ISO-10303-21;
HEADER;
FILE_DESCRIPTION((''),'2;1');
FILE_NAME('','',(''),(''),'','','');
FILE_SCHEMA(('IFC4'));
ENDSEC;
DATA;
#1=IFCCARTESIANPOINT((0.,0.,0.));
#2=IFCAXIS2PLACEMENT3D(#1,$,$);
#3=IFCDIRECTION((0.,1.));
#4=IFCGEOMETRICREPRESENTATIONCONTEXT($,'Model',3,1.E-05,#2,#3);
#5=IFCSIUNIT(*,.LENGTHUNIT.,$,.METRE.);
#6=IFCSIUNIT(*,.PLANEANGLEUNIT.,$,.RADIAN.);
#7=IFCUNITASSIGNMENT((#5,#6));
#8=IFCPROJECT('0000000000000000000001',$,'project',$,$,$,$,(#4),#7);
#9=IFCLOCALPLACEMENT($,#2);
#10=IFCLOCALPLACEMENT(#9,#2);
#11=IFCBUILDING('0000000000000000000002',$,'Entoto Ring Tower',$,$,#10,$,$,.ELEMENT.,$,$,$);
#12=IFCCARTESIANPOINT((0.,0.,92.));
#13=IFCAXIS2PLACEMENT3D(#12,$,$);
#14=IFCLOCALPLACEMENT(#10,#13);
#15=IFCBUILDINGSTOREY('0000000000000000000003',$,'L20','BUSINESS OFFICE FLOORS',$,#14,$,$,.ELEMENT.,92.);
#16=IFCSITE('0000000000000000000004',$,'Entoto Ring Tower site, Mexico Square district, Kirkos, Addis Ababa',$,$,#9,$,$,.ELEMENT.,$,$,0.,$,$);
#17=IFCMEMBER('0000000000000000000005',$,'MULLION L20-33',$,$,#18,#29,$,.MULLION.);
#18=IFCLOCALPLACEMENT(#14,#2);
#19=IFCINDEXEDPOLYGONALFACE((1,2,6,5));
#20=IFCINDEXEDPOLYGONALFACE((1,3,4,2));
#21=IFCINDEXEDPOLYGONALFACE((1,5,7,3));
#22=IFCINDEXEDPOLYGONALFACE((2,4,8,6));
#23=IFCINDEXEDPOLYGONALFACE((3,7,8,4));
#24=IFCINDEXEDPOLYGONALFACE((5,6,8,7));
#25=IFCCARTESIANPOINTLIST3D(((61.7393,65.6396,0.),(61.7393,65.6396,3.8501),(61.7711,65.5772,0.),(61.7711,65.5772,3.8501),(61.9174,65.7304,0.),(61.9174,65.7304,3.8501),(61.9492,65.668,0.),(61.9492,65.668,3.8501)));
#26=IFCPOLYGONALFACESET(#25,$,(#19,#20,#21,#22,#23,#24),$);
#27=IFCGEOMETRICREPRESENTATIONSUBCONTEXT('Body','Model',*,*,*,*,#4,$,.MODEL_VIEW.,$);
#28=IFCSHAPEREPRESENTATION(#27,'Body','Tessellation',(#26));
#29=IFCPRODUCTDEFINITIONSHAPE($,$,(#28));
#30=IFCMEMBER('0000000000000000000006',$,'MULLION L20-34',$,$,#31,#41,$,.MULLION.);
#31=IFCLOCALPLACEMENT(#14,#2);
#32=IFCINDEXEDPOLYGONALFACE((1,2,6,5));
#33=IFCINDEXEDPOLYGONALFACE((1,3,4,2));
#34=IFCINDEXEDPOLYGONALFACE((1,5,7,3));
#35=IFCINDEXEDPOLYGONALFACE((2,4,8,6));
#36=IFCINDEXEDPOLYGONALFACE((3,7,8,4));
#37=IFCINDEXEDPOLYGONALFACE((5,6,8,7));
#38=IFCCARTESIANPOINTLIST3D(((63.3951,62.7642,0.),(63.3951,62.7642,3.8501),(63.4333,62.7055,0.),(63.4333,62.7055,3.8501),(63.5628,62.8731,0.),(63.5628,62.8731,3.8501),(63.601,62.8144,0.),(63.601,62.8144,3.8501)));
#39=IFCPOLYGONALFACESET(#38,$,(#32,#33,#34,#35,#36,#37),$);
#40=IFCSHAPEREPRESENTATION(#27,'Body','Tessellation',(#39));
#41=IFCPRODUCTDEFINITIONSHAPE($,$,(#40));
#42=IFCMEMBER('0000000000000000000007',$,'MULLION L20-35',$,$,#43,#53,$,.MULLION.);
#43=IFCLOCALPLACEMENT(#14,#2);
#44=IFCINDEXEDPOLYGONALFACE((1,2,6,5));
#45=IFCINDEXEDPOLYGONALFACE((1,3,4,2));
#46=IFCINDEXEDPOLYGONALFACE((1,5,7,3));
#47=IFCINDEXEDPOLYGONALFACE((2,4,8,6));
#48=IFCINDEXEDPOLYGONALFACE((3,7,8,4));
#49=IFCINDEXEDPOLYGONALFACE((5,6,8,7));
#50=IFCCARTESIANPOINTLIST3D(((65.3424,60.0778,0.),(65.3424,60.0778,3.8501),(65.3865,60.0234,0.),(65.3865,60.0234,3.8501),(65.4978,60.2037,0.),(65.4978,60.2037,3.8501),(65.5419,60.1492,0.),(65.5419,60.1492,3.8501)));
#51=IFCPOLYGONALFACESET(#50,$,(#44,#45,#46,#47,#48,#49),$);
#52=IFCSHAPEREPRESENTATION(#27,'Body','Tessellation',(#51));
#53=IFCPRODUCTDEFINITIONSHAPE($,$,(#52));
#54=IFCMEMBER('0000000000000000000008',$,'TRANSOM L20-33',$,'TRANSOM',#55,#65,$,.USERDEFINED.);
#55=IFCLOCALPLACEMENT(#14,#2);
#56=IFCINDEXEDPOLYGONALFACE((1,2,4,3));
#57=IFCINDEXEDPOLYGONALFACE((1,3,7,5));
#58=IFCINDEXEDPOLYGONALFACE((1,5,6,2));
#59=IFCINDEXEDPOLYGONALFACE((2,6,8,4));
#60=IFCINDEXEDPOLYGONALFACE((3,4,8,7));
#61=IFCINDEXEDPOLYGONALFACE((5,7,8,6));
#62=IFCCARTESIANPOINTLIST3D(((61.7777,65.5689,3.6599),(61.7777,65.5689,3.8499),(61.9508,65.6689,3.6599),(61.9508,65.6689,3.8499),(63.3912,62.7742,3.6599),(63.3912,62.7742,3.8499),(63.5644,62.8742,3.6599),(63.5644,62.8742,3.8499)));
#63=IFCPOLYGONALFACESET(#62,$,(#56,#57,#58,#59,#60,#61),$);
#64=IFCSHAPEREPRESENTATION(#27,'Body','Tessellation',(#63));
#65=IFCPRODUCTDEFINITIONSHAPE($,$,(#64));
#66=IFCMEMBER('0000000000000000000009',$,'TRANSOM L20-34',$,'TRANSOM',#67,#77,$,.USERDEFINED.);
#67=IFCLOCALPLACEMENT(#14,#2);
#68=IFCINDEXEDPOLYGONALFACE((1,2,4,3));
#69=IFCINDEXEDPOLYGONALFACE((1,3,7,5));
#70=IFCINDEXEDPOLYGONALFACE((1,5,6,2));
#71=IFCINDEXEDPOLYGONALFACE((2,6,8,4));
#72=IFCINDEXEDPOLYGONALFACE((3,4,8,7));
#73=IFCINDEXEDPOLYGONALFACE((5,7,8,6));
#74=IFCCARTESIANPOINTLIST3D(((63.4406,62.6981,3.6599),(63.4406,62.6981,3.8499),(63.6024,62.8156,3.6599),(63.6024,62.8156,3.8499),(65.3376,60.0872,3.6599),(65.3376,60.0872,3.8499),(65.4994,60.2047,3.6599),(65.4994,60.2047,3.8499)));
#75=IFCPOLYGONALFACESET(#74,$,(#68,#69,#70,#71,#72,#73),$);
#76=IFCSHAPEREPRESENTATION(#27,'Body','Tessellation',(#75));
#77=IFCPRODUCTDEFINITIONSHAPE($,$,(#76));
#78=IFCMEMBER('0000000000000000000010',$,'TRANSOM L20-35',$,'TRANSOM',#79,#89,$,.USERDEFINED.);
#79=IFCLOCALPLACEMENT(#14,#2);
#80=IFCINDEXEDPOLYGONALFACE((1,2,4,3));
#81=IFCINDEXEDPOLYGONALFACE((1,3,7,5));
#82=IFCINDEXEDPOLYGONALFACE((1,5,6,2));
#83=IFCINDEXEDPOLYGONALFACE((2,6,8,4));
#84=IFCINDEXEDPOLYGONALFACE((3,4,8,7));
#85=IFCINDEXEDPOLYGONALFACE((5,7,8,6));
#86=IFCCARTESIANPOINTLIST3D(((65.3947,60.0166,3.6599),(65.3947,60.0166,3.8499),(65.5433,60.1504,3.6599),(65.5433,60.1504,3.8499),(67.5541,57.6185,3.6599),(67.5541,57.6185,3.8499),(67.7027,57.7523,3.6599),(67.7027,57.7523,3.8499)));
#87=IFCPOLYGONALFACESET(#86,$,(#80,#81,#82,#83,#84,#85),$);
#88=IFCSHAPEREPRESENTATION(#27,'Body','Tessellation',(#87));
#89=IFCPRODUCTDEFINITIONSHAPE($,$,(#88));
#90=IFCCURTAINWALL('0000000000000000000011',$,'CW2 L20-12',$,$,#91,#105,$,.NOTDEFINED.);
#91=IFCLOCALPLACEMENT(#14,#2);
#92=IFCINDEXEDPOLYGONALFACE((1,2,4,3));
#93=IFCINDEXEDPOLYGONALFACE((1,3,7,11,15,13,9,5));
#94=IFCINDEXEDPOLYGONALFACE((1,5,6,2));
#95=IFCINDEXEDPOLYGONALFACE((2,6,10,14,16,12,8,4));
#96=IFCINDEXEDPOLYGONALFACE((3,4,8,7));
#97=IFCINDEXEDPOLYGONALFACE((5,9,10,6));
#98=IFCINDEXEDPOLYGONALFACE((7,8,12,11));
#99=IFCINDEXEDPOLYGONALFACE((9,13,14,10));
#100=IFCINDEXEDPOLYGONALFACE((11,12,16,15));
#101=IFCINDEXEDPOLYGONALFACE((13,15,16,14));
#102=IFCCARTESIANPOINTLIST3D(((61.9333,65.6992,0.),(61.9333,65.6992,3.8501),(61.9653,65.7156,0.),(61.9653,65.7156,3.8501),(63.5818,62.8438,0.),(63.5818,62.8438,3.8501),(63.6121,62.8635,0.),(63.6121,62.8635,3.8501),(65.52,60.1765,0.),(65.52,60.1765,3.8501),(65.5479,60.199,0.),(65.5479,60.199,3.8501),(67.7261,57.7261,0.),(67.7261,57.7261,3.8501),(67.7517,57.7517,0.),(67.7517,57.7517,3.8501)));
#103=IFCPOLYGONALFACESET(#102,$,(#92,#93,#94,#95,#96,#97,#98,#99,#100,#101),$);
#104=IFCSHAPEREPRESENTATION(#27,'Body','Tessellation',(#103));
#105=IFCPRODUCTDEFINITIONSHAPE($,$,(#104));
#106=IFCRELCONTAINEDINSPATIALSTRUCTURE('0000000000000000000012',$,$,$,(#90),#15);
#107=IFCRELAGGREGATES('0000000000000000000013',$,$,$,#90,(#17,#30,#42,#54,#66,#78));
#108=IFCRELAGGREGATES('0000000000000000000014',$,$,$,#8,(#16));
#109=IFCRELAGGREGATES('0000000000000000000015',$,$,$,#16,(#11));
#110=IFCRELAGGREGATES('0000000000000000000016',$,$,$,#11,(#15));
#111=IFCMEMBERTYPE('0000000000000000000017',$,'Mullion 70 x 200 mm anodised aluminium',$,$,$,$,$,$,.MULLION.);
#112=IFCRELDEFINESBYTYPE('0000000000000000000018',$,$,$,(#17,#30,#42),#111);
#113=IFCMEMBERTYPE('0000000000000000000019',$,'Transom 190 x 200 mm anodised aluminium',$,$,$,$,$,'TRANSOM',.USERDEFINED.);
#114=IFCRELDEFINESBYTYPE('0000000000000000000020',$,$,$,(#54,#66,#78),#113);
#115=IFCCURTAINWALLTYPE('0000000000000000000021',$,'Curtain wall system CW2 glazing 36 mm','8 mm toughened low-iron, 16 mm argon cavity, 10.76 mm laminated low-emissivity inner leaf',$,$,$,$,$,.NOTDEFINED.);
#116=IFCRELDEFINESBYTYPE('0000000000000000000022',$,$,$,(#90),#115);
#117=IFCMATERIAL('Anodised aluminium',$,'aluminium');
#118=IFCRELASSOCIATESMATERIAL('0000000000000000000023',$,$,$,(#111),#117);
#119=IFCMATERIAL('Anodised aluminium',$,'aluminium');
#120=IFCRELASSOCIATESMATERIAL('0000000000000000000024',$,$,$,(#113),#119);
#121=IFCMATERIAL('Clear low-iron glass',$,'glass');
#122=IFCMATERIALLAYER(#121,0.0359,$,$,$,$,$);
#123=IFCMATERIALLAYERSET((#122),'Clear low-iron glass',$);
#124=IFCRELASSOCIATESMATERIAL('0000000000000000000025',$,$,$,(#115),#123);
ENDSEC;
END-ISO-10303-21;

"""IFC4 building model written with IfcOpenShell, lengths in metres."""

from ifc_helpers import new_model, si_unit, direction, frame, origin, origin_2d, place, context, subcontext, project, spatial, polyline, rectangle, outline, extrude, material, layer, layer_set, material_profile, profile_set, type_object, element, aggregate, save


model = new_model("IFC4")

# Units and contexts
model_context = context("Model", 3, precision=1e-05, world=origin(), true_north=direction((0.0, 1.0)))
body_context = subcontext(model_context, "Body", "Model", "MODEL_VIEW")
ifc_project = project(units=[si_unit("LENGTHUNIT", "METRE"), si_unit("PLANEANGLEUNIT", "RADIAN")], contexts=[model_context])

# Members
ifc_material_1 = material(Name="Anodised aluminium", Category="aluminium")
ifc_material_profile_1 = material_profile(ifc_material_1, rectangle(XDim=0.0701, YDim=0.2, at=origin_2d()), Name="Mullion 70 x 200 mm anodised aluminium")
ifc_profile_set_1 = profile_set([ifc_material_profile_1], Name="Anodised aluminium")
member_type_1 = type_object("IfcMemberType", Name="Mullion 70 x 200 mm anodised aluminium", PredefinedType="MULLION", material=ifc_profile_set_1)
site_placement = place(None, origin())
building_placement = place(site_placement, origin())
storey_placement = place(building_placement, frame((0.0, 0.0, 92.0)))
member_1_placement = place(storey_placement, frame((61.8442, 65.6538, 0.0), z_axis=(0.0, 0.0, 1.0), x_axis=(0.45399, -0.891007, 0.0)))
member_1 = element("IfcMember", 1, at=member_1_placement, type_object=member_type_1, Name="MULLION L20-33", PredefinedType="MULLION", context=body_context, shape_type="SweptSolid", body=[
    extrude(rectangle(XDim=0.0701, YDim=0.2, at=origin_2d()), origin(), (0.0, 0.0, 1.0), 3.8501),
])
member_2_placement = place(storey_placement, frame((63.498, 62.7893, 0.0), z_axis=(0.0, 0.0, 1.0), x_axis=(0.544639, -0.838671, 0.0)))
member_2 = element("IfcMember", 2, at=member_2_placement, type_object=member_type_1, Name="MULLION L20-34", PredefinedType="MULLION", context=body_context, shape_type="SweptSolid", body=[
    extrude(rectangle(XDim=0.0701, YDim=0.2, at=origin_2d()), origin(), (0.0, 0.0, 1.0), 3.8501),
])
member_3_placement = place(storey_placement, frame((65.4421, 60.1135, 0.0), z_axis=(0.0, 0.0, 1.0), x_axis=(0.62932, -0.777146, 0.0)))
member_3 = element("IfcMember", 3, at=member_3_placement, type_object=member_type_1, Name="MULLION L20-35", PredefinedType="MULLION", context=body_context, shape_type="SweptSolid", body=[
    extrude(rectangle(XDim=0.0701, YDim=0.2, at=origin_2d()), origin(), (0.0, 0.0, 1.0), 3.8501),
])
ifc_material_2 = material(Name="Anodised aluminium", Category="aluminium")
ifc_material_profile_2 = material_profile(ifc_material_2, rectangle(XDim=0.2, YDim=0.1899, at=origin_2d()), Name="Transom 190 x 200 mm anodised aluminium")
ifc_profile_set_2 = profile_set([ifc_material_profile_2], Name="Anodised aluminium")
member_type_2 = type_object("IfcMemberType", Name="Transom 190 x 200 mm anodised aluminium", ElementType="TRANSOM", PredefinedType="USERDEFINED", material=ifc_profile_set_2)
member_4_placement = place(storey_placement, frame((61.8643, 65.6189, 3.7549), z_axis=(0.500004, -0.866023, 0.0), x_axis=(0.866023, 0.500004, 0.0)))
member_4 = element("IfcMember", 4, at=member_4_placement, type_object=member_type_2, Name="TRANSOM L20-33", ObjectType="TRANSOM", PredefinedType="USERDEFINED", context=body_context, shape_type="SweptSolid", body=[
    extrude(rectangle(XDim=0.2, YDim=0.1899, at=origin_2d()), origin(), (0.0, 0.0, 1.0), 3.2271),
])
member_5_placement = place(storey_placement, frame((63.5215, 62.7568, 3.7549), z_axis=(0.587803, -0.809004, 0.0), x_axis=(0.809004, 0.587803, 0.0)))
member_5 = element("IfcMember", 5, at=member_5_placement, type_object=member_type_2, Name="TRANSOM L20-34", ObjectType="TRANSOM", PredefinedType="USERDEFINED", context=body_context, shape_type="SweptSolid", body=[
    extrude(rectangle(XDim=0.2, YDim=0.1899, at=origin_2d()), origin(), (0.0, 0.0, 1.0), 3.2273),
])
member_6_placement = place(storey_placement, frame((65.469, 60.0835, 3.7549), z_axis=(0.669144, -0.743132, 0.0), x_axis=(0.743132, 0.669144, 0.0)))
member_6 = element("IfcMember", 6, at=member_6_placement, type_object=member_type_2, Name="TRANSOM L20-35", ObjectType="TRANSOM", PredefinedType="USERDEFINED", context=body_context, shape_type="SweptSolid", body=[
    extrude(rectangle(XDim=0.2, YDim=0.1899, at=origin_2d()), origin(), (0.0, 0.0, 1.0), 3.2271),
])

# Site, building, storey
site = spatial("IfcSite", under=ifc_project, at=site_placement, Name="Entoto Ring Tower site, Mexico Square district, Kirkos, Addis Ababa", CompositionType="ELEMENT", RefElevation=0.0)
building = spatial("IfcBuilding", under=site, at=building_placement, Name="Entoto Ring Tower", CompositionType="ELEMENT")
storey = spatial("IfcBuildingStorey", under=building, at=storey_placement, Name="L20", Description="BUSINESS OFFICE FLOORS", CompositionType="ELEMENT", Elevation=92.0)

# Curtain wall
ifc_material_3 = material(Name="Clear low-iron glass", Category="glass")
ifc_layer = layer(ifc_material_3, 0.0359)
ifc_layer_set = layer_set([ifc_layer], Name="Clear low-iron glass")
curtain_wall_type = type_object("IfcCurtainWallType", Name="Curtain wall system CW2 glazing 36 mm", Description="8 mm toughened low-iron, 16 mm argon cavity, 10.76 mm laminated low-emissivity inner leaf", PredefinedType="NOTDEFINED", material=ifc_layer_set)
curtain_wall_1_placement = place(storey_placement, origin())
curtain_wall_1 = element("IfcCurtainWall", 7, at=curtain_wall_1_placement, inside=storey, type_object=curtain_wall_type, Name="CW2 L20-12", PredefinedType="NOTDEFINED", context=body_context, shape_type="SweptSolid", body=[
    extrude(outline(polyline([(61.9333, 65.6992), (63.5818, 62.8438), (65.52, 60.1765), (67.7261, 57.7261), (67.7517, 57.7517), (65.5479, 60.199), (63.6121, 62.8635), (61.9653, 65.7156), (61.9333, 65.6992)])), origin(), (0.0, 0.0, 1.0), 3.8501),
])
aggregate(curtain_wall_1, [member_1, member_2, member_3, member_4, member_5, member_6])

save(model, "model.ifc")
